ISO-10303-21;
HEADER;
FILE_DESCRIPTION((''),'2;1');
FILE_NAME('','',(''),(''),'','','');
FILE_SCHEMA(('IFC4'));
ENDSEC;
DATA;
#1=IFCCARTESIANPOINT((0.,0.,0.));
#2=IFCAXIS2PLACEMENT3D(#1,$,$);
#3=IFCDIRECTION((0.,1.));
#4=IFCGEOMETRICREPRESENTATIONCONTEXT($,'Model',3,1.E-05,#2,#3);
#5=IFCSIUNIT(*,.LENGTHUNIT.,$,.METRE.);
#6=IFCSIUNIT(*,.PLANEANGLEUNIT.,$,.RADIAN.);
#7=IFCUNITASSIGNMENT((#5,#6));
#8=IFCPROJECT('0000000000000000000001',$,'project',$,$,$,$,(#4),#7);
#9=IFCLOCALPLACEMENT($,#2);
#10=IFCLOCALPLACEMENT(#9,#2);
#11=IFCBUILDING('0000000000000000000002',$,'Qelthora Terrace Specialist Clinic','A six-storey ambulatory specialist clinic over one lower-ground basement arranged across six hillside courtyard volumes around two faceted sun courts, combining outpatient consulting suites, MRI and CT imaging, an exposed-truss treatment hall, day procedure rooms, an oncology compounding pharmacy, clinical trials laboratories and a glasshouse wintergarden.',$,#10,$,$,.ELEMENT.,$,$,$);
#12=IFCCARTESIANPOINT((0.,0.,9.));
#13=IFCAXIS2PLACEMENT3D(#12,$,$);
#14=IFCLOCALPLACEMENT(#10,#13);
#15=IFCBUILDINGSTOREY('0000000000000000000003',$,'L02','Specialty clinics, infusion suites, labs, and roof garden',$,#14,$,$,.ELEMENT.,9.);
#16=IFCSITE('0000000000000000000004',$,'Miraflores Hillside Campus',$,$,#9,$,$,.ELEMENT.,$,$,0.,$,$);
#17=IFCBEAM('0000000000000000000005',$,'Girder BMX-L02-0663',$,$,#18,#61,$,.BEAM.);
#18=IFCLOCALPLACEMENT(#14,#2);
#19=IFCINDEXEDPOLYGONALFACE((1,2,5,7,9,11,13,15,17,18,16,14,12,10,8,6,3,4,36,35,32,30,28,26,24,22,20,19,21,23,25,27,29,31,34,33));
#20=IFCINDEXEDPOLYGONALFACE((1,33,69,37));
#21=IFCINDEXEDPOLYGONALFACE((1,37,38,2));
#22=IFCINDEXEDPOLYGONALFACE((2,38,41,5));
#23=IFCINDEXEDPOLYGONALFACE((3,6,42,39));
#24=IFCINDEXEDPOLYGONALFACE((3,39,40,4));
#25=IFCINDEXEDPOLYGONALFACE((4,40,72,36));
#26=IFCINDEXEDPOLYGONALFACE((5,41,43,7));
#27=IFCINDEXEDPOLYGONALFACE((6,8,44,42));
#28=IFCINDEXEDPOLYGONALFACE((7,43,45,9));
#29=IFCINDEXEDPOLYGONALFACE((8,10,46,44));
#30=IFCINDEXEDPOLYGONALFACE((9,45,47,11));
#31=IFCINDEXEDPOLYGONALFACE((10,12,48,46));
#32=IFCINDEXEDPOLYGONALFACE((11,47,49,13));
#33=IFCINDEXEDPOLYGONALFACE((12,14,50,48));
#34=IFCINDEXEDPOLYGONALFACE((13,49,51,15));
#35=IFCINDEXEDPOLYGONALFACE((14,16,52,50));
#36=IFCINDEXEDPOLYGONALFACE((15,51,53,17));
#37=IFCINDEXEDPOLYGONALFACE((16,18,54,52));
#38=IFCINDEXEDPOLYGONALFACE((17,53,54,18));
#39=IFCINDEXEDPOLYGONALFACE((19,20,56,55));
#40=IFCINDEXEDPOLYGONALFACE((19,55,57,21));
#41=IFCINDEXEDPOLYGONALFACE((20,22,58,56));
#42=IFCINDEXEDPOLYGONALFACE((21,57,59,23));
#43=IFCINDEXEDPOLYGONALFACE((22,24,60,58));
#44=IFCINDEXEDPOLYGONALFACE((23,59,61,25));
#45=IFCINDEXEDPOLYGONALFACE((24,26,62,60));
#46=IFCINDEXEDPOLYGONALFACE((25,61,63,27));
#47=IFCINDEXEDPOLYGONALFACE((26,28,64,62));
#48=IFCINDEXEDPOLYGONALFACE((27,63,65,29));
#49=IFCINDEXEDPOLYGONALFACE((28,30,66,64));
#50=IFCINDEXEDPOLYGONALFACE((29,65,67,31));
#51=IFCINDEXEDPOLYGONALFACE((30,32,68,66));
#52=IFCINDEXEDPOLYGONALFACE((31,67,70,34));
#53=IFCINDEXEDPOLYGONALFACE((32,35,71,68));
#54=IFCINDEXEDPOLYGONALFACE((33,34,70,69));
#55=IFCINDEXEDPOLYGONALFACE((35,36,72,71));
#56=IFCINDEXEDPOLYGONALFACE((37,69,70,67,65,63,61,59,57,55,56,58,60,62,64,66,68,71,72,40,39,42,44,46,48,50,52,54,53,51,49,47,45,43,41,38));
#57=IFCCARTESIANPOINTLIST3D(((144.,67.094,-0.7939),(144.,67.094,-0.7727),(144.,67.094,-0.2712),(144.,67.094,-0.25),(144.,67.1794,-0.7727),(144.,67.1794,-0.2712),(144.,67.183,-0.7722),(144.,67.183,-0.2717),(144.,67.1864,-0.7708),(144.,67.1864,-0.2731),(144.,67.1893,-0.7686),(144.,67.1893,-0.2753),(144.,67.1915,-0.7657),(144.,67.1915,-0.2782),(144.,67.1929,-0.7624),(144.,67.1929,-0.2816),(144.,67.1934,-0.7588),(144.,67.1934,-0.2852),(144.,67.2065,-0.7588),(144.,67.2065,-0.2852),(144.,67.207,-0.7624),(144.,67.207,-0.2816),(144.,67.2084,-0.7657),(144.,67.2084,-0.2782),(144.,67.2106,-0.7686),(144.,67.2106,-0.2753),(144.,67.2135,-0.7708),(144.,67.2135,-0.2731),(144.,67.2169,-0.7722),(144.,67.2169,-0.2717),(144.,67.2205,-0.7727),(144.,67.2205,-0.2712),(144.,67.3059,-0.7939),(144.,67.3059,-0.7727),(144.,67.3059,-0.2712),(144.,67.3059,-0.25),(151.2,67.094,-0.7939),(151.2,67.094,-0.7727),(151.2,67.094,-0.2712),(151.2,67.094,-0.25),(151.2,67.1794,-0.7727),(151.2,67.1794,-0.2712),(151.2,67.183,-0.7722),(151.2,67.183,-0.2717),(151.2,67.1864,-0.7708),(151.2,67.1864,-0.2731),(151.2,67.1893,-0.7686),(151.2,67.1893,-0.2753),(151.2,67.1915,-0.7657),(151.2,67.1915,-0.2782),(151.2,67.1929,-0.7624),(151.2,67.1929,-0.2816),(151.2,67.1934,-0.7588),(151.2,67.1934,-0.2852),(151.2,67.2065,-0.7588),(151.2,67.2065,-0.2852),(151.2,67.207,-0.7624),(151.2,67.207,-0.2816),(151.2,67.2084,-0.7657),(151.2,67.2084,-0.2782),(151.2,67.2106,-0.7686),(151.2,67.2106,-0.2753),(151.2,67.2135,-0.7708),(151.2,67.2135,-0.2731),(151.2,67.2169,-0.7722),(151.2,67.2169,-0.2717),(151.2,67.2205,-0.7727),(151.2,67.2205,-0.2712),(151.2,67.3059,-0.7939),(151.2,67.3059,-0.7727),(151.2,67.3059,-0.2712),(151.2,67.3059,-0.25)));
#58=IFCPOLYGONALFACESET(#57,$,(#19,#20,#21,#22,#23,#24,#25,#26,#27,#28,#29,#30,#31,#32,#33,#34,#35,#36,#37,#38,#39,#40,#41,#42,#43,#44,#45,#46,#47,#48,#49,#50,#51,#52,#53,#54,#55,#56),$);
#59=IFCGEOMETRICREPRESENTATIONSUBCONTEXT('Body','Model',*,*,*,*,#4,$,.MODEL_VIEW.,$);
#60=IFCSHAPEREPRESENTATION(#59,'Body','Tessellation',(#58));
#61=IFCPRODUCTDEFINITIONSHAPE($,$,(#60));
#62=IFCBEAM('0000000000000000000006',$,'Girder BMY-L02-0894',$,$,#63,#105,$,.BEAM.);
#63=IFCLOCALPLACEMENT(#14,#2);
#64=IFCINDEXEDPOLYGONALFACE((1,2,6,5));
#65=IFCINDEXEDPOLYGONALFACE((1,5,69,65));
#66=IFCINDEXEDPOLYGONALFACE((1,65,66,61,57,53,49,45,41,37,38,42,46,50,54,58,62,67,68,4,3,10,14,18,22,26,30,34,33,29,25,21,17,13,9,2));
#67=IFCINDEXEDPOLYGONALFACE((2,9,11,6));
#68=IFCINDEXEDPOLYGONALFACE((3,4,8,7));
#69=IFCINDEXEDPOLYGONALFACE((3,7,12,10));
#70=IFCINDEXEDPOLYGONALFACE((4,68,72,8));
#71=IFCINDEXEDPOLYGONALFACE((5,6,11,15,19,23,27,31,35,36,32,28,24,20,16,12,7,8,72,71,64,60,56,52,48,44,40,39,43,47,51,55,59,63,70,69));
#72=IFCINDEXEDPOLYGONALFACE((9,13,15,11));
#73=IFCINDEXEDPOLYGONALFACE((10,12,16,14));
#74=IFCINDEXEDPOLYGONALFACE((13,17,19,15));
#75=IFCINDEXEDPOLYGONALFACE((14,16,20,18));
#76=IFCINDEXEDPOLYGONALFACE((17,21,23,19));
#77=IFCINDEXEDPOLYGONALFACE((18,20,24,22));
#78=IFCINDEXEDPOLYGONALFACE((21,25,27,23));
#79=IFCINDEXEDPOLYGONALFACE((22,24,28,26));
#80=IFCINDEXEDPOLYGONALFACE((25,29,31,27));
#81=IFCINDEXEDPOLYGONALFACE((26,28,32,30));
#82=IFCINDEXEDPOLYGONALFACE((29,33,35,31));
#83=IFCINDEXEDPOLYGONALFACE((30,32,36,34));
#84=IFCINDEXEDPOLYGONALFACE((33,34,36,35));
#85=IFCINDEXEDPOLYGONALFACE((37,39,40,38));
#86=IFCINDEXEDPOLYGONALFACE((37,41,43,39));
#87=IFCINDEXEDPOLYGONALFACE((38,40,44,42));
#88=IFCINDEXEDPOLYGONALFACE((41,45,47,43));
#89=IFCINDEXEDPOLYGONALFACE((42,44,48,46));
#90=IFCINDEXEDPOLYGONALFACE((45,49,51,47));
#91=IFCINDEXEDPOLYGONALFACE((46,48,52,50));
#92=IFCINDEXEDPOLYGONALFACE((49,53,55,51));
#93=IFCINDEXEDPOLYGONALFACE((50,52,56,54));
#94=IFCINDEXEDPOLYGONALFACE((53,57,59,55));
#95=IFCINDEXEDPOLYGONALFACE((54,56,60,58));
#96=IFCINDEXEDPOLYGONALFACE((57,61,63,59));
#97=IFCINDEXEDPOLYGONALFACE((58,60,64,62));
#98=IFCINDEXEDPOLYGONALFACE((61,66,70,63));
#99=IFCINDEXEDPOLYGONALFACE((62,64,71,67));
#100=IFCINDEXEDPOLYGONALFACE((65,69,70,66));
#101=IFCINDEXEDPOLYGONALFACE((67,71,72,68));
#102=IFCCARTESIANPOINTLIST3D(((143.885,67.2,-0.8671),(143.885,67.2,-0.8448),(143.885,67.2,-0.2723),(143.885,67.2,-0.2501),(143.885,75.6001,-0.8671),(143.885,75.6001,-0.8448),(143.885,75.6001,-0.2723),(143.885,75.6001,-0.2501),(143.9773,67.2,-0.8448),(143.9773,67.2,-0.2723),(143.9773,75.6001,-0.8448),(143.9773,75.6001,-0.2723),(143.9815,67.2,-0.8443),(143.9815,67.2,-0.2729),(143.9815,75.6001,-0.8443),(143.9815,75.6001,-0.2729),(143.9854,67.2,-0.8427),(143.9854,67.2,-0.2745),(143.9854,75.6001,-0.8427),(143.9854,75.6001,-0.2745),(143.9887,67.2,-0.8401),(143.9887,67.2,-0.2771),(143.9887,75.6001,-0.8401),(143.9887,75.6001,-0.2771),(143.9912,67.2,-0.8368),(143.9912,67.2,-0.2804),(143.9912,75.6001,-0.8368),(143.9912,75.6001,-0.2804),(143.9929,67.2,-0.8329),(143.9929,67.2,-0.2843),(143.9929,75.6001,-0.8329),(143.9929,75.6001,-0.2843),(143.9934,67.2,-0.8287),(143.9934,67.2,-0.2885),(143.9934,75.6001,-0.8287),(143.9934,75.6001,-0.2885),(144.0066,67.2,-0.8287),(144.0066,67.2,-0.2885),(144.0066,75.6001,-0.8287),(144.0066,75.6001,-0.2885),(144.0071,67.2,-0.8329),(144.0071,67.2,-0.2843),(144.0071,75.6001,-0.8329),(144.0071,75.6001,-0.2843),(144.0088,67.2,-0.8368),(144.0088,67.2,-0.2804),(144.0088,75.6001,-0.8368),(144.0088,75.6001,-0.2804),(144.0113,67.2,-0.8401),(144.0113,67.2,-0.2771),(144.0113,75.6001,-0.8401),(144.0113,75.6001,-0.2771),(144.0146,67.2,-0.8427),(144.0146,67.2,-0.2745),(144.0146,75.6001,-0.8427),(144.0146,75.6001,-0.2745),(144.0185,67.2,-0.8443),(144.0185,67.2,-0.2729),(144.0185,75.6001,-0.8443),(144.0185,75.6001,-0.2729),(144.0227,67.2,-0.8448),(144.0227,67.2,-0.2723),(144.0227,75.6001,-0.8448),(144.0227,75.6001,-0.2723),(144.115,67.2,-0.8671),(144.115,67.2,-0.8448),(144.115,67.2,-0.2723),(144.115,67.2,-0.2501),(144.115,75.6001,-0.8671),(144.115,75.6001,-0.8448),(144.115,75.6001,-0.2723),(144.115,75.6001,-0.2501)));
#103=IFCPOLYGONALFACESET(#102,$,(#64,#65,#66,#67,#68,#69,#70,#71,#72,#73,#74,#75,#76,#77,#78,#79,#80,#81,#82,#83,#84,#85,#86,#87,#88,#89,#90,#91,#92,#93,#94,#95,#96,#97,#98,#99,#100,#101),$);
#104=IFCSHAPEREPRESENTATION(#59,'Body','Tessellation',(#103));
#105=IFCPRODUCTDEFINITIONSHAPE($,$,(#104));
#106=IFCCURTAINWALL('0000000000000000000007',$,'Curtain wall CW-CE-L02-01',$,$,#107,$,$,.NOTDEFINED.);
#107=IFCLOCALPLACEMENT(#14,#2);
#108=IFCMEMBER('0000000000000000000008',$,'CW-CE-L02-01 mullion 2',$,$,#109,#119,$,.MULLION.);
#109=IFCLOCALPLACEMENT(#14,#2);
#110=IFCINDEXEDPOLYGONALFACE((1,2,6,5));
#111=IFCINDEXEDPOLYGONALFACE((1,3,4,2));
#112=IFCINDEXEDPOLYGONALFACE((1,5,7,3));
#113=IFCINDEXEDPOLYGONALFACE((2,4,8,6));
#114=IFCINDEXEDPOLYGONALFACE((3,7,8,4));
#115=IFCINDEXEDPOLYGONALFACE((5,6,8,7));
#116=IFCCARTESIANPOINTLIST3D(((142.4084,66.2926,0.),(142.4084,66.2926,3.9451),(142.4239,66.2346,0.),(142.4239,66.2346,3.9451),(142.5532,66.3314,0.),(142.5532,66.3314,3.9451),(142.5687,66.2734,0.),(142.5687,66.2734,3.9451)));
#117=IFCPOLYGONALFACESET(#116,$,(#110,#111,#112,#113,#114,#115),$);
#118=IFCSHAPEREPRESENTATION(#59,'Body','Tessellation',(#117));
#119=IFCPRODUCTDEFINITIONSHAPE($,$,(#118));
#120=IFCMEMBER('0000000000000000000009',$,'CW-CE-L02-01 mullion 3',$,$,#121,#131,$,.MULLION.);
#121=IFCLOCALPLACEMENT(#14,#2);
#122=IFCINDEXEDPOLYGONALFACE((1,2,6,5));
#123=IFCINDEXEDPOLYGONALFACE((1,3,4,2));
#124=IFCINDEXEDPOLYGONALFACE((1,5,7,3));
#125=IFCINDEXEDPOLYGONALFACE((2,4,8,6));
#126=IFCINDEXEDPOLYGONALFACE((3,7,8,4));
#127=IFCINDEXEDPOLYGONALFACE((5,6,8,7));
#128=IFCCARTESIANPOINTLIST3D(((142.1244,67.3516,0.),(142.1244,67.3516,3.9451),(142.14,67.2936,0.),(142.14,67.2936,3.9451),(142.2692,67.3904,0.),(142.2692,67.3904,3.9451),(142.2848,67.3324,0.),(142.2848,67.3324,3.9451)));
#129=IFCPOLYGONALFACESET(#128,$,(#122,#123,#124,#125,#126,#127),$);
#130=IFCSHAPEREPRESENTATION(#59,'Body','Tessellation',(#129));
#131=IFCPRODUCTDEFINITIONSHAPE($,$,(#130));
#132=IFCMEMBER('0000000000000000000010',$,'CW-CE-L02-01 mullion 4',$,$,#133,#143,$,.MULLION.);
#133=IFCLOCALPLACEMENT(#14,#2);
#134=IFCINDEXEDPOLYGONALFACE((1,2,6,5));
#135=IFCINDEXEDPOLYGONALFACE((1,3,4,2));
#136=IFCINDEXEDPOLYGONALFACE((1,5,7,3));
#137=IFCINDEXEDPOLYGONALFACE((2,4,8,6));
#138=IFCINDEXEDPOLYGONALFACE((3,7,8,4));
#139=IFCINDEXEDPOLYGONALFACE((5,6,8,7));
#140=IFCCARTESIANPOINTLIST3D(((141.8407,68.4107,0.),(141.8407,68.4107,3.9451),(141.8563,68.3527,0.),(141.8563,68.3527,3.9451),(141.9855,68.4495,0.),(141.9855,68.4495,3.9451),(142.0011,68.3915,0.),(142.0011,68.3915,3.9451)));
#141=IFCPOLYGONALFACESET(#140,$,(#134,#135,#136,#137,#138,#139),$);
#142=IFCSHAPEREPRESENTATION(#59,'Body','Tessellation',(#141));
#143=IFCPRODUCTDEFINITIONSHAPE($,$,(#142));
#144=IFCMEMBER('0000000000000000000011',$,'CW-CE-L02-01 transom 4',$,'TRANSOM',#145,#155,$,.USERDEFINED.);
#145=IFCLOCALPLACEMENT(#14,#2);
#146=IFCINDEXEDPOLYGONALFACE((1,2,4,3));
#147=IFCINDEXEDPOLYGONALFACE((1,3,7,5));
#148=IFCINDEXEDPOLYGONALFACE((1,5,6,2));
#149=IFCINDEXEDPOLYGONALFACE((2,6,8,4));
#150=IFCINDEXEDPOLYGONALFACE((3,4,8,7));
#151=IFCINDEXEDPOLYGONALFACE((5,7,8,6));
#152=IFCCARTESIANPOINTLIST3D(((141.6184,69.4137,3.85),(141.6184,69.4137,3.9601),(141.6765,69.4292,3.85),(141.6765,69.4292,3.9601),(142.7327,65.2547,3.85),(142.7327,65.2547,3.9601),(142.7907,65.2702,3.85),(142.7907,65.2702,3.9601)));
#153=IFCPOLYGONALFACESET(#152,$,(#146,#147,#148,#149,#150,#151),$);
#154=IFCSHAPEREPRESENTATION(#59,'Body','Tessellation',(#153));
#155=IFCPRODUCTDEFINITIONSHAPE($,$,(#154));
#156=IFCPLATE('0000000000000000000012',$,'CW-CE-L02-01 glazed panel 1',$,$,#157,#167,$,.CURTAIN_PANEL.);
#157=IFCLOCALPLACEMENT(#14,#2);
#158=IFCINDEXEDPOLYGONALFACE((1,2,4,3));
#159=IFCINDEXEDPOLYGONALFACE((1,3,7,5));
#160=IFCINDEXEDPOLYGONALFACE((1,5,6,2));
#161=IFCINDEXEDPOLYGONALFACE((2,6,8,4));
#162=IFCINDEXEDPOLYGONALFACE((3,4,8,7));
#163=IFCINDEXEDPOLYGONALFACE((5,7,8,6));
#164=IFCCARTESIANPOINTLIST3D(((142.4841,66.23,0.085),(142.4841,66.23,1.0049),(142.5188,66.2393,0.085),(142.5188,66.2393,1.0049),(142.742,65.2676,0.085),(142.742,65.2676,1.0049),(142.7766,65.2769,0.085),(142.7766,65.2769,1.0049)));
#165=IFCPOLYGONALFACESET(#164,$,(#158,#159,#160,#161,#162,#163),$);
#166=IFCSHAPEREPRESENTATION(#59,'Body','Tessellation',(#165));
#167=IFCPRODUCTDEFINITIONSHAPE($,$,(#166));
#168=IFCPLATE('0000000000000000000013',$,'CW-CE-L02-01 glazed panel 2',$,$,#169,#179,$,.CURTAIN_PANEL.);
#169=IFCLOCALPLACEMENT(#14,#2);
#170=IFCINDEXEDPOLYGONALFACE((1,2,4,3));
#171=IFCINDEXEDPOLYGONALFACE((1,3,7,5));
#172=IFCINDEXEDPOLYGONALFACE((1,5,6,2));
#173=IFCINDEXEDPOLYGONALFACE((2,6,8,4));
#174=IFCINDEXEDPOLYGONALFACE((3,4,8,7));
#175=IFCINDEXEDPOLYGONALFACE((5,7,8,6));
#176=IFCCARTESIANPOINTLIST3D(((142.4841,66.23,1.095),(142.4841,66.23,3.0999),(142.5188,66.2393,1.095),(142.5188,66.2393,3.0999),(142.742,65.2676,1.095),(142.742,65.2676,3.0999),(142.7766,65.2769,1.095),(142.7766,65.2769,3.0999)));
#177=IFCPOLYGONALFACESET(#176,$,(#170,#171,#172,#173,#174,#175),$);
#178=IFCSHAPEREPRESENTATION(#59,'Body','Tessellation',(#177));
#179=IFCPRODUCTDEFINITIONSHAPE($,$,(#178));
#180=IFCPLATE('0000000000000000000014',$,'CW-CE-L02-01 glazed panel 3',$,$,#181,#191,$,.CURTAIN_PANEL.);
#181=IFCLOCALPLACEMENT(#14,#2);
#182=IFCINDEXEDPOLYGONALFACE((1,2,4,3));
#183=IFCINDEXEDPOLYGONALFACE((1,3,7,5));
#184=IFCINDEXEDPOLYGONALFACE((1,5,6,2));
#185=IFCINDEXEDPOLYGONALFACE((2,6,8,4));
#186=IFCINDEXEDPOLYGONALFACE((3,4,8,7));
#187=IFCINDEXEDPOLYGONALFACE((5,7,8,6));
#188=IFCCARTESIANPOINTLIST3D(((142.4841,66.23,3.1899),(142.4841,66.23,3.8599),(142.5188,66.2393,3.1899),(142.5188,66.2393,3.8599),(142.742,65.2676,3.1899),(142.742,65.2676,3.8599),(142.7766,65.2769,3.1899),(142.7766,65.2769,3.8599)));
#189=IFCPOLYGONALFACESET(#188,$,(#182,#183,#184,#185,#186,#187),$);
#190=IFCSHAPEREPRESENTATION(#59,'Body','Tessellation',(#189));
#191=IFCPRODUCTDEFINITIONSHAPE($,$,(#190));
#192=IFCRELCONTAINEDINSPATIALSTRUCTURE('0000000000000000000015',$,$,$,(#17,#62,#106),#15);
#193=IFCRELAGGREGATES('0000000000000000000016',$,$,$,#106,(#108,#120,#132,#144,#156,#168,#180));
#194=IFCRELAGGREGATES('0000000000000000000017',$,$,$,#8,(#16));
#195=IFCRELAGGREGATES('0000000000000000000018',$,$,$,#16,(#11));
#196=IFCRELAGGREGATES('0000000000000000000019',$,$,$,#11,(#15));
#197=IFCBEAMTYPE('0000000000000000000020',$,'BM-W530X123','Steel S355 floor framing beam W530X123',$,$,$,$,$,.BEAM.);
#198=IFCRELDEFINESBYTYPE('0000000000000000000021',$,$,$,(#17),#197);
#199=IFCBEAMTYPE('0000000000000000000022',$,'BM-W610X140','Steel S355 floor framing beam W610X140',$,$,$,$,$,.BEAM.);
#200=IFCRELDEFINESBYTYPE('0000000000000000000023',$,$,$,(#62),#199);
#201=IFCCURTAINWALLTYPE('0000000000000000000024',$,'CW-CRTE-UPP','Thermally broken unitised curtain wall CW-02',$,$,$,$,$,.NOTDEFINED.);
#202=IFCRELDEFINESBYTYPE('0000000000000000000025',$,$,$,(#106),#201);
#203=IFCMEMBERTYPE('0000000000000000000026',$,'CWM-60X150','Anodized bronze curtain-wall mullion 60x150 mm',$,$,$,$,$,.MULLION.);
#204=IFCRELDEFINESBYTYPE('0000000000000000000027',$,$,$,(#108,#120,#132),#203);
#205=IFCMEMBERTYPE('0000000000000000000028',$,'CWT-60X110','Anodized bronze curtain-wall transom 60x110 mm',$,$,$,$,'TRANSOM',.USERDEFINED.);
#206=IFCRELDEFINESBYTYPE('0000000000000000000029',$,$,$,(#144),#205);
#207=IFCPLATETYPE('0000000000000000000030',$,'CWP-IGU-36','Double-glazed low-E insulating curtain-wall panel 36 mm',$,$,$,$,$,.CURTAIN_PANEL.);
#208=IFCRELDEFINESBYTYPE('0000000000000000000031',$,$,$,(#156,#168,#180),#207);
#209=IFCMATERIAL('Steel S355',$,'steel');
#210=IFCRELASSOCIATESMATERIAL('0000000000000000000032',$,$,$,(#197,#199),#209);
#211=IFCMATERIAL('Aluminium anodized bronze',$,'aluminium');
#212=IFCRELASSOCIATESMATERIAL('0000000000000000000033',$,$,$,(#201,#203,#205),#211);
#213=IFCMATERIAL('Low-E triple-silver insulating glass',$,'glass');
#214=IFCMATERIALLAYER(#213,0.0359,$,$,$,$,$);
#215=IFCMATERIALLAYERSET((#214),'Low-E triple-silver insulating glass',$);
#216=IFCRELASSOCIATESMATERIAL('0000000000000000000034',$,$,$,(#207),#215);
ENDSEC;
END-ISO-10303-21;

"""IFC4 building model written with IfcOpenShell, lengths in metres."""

from ifc_helpers import new_model, si_unit, direction, frame, origin, origin_2d, place, context, subcontext, project, spatial, rectangle, i_section, extrude, material, layer, layer_set, material_profile, profile_set, type_object, element, aggregate, save


model = new_model("IFC4")

# Units and contexts
model_context = context("Model", 3, precision=1e-05, world=origin(), true_north=direction((0.0, 1.0)))
body_context = subcontext(model_context, "Body", "Model", "MODEL_VIEW")
ifc_project = project(units=[si_unit("LENGTHUNIT", "METRE"), si_unit("PLANEANGLEUNIT", "RADIAN")], contexts=[model_context])

# Site, building, storey
site_placement = place(None, origin())
site = spatial("IfcSite", under=ifc_project, at=site_placement, Name="Miraflores Hillside Campus", CompositionType="ELEMENT", RefElevation=0.0)
building_placement = place(site_placement, origin())
building = spatial("IfcBuilding", under=site, at=building_placement, Name="Qelthora Terrace Specialist Clinic", Description="A six-storey ambulatory specialist clinic over one lower-ground basement arranged across six hillside courtyard volumes around two faceted sun courts, combining outpatient consulting suites, MRI and CT imaging, an exposed-truss treatment hall, day procedure rooms, an oncology compounding pharmacy, clinical trials laboratories and a glasshouse wintergarden.", CompositionType="ELEMENT")
storey_placement = place(building_placement, frame((0.0, 0.0, 9.0)))
storey = spatial("IfcBuildingStorey", under=building, at=storey_placement, Name="L02", Description="Specialty clinics, infusion suites, labs, and roof garden", CompositionType="ELEMENT", Elevation=9.0)

# Shared definitions
ifc_material_1 = material(Name="Steel S355", Category="steel")

# Beams
ifc_material_profile_1 = material_profile(ifc_material_1, i_section(OverallWidth=0.2119, OverallDepth=0.5439, WebThickness=0.0132, FlangeThickness=0.0212, FilletRadius=0.0139, at=origin_2d()), Name="W530X123")
ifc_profile_set_1 = profile_set([ifc_material_profile_1], Name="Steel S355")
beam_type_1 = type_object("IfcBeamType", Name="BM-W530X123", Description="Steel S355 floor framing beam W530X123", PredefinedType="BEAM", material=ifc_profile_set_1)
beam_1_placement = place(storey_placement, frame((144.0, 67.2, -0.522), z_axis=(1.0, 0.0, 0.0), x_axis=(0.0, 1.0, 0.0)))
element("IfcBeam", 1, at=beam_1_placement, inside=storey, type_object=beam_type_1, Name="Girder BMX-L02-0663", PredefinedType="BEAM", context=body_context, shape_type="SweptSolid", body=[
    extrude(i_section(OverallWidth=0.2119, OverallDepth=0.5439, WebThickness=0.0132, FlangeThickness=0.0212, FilletRadius=0.0139, at=origin_2d()), origin(), (0.0, 0.0, 1.0), 7.2),
])
ifc_material_profile_2 = material_profile(ifc_material_1, i_section(OverallWidth=0.23, OverallDepth=0.6169, WebThickness=0.0132, FlangeThickness=0.0222, FilletRadius=0.0161, at=origin_2d()), Name="W610X140")
ifc_profile_set_2 = profile_set([ifc_material_profile_2], Name="Steel S355")
beam_type_2 = type_object("IfcBeamType", Name="BM-W610X140", Description="Steel S355 floor framing beam W610X140", PredefinedType="BEAM", material=ifc_profile_set_2)
beam_2_placement = place(storey_placement, frame((144.0, 67.2, -0.5586), z_axis=(0.0, 1.0, 0.0), x_axis=(-1.0, 0.0, 0.0)))
element("IfcBeam", 2, at=beam_2_placement, inside=storey, type_object=beam_type_2, Name="Girder BMY-L02-0894", PredefinedType="BEAM", context=body_context, shape_type="SweptSolid", body=[
    extrude(i_section(OverallWidth=0.23, OverallDepth=0.6169, WebThickness=0.0132, FlangeThickness=0.0222, FilletRadius=0.0161, at=origin_2d()), origin(), (0.0, 0.0, 1.0), 8.4001),
])

# Curtain wall, members, plates
ifc_material_2 = material(Name="Aluminium anodized bronze", Category="aluminium")
curtain_wall_type = type_object("IfcCurtainWallType", Name="CW-CRTE-UPP", Description="Thermally broken unitised curtain wall CW-02", PredefinedType="NOTDEFINED", material=ifc_material_2)
curtain_wall_placement = place(storey_placement, origin())
curtain_wall = element("IfcCurtainWall", 3, at=curtain_wall_placement, inside=storey, type_object=curtain_wall_type, Name="Curtain wall CW-CE-L02-01", PredefinedType="NOTDEFINED")
ifc_material_profile_3 = material_profile(ifc_material_2, rectangle(XDim=0.0601, YDim=0.1499, at=origin_2d()), Name="CWM60X150")
ifc_profile_set_3 = profile_set([ifc_material_profile_3], Name="Aluminium anodized bronze")
member_type_1 = type_object("IfcMemberType", Name="CWM-60X150", Description="Anodized bronze curtain-wall mullion 60x150 mm", PredefinedType="MULLION", material=ifc_profile_set_3)
member_1_placement = place(storey_placement, frame((142.4885, 66.283, 0.0), z_axis=(0.0, 0.0, 1.0), x_axis=(-0.25882, 0.965926, 0.0)))
member_1 = element("IfcMember", 4, at=member_1_placement, type_object=member_type_1, Name="CW-CE-L02-01 mullion 2", PredefinedType="MULLION", context=body_context, shape_type="SweptSolid", body=[
    extrude(rectangle(XDim=0.0601, YDim=0.1499, at=origin_2d()), origin(), (0.0, 0.0, 1.0), 3.9451),
])
member_2_placement = place(storey_placement, frame((142.2046, 67.342, 0.0), z_axis=(0.0, 0.0, 1.0), x_axis=(-0.25882, 0.965926, 0.0)))
member_2 = element("IfcMember", 5, at=member_2_placement, type_object=member_type_1, Name="CW-CE-L02-01 mullion 3", PredefinedType="MULLION", context=body_context, shape_type="SweptSolid", body=[
    extrude(rectangle(XDim=0.0601, YDim=0.1499, at=origin_2d()), origin(), (0.0, 0.0, 1.0), 3.9451),
])
member_3_placement = place(storey_placement, frame((141.9209, 68.4011, 0.0), z_axis=(0.0, 0.0, 1.0), x_axis=(-0.25882, 0.965926, 0.0)))
member_3 = element("IfcMember", 6, at=member_3_placement, type_object=member_type_1, Name="CW-CE-L02-01 mullion 4", PredefinedType="MULLION", context=body_context, shape_type="SweptSolid", body=[
    extrude(rectangle(XDim=0.0601, YDim=0.1499, at=origin_2d()), origin(), (0.0, 0.0, 1.0), 3.9451),
])
ifc_material_profile_4 = material_profile(ifc_material_2, rectangle(XDim=0.0601, YDim=0.1101, at=origin_2d()), Name="CWT60X110")
ifc_profile_set_4 = profile_set([ifc_material_profile_4], Name="Aluminium anodized bronze")
member_type_2 = type_object("IfcMemberType", Name="CWT-60X110", Description="Anodized bronze curtain-wall transom 60x110 mm", ElementType="TRANSOM", PredefinedType="USERDEFINED", material=ifc_profile_set_4)
member_4_placement = place(storey_placement, frame((142.7617, 65.2625, 3.905), z_axis=(-0.258792, 0.965933, 0.0), x_axis=(-0.965933, -0.258792, 0.0)))
member_4 = element("IfcMember", 7, at=member_4_placement, type_object=member_type_2, Name="CW-CE-L02-01 transom 4", ObjectType="TRANSOM", PredefinedType="USERDEFINED", context=body_context, shape_type="SweptSolid", body=[
    extrude(rectangle(XDim=0.0601, YDim=0.1101, at=origin_2d()), origin(), (0.0, 0.0, 1.0), 4.3057),
])
ifc_material_3 = material(Name="Low-E triple-silver insulating glass", Category="glass")
ifc_layer_1 = layer(ifc_material_3, 0.0359)
ifc_layer_set_1 = layer_set([ifc_layer_1], Name="Low-E triple-silver insulating glass")
plate_type = type_object("IfcPlateType", Name="CWP-IGU-36", Description="Double-glazed low-E insulating curtain-wall panel 36 mm", PredefinedType="CURTAIN_PANEL", material=ifc_layer_set_1)
plate_1_placement = place(storey_placement, frame((142.6304, 65.7534, 0.085), z_axis=(0.0, 0.0, 1.0), x_axis=(-0.258819, 0.965926, 0.0)))
plate_1 = element("IfcPlate", 8, at=plate_1_placement, type_object=plate_type, Name="CW-CE-L02-01 glazed panel 1", PredefinedType="CURTAIN_PANEL", context=body_context, shape_type="SweptSolid", body=[
    extrude(rectangle(XDim=0.9963, YDim=0.0359, at=origin_2d()), origin(), (0.0, 0.0, 1.0), 0.9199),
])
plate_2_placement = place(storey_placement, frame((142.6304, 65.7534, 1.095), z_axis=(0.0, 0.0, 1.0), x_axis=(-0.258819, 0.965926, 0.0)))
plate_2 = element("IfcPlate", 9, at=plate_2_placement, type_object=plate_type, Name="CW-CE-L02-01 glazed panel 2", PredefinedType="CURTAIN_PANEL", context=body_context, shape_type="SweptSolid", body=[
    extrude(rectangle(XDim=0.9963, YDim=0.0359, at=origin_2d()), origin(), (0.0, 0.0, 1.0), 2.0049),
])
plate_3_placement = place(storey_placement, frame((142.6304, 65.7534, 3.1899), z_axis=(0.0, 0.0, 1.0), x_axis=(-0.258819, 0.965926, 0.0)))
plate_3 = element("IfcPlate", 10, at=plate_3_placement, type_object=plate_type, Name="CW-CE-L02-01 glazed panel 3", PredefinedType="CURTAIN_PANEL", context=body_context, shape_type="SweptSolid", body=[
    extrude(rectangle(XDim=0.9963, YDim=0.0359, at=origin_2d()), origin(), (0.0, 0.0, 1.0), 0.6699),
])
aggregate(curtain_wall, [member_1, member_2, member_3, member_4, plate_1, plate_2, plate_3])

save(model, "model.ifc")
